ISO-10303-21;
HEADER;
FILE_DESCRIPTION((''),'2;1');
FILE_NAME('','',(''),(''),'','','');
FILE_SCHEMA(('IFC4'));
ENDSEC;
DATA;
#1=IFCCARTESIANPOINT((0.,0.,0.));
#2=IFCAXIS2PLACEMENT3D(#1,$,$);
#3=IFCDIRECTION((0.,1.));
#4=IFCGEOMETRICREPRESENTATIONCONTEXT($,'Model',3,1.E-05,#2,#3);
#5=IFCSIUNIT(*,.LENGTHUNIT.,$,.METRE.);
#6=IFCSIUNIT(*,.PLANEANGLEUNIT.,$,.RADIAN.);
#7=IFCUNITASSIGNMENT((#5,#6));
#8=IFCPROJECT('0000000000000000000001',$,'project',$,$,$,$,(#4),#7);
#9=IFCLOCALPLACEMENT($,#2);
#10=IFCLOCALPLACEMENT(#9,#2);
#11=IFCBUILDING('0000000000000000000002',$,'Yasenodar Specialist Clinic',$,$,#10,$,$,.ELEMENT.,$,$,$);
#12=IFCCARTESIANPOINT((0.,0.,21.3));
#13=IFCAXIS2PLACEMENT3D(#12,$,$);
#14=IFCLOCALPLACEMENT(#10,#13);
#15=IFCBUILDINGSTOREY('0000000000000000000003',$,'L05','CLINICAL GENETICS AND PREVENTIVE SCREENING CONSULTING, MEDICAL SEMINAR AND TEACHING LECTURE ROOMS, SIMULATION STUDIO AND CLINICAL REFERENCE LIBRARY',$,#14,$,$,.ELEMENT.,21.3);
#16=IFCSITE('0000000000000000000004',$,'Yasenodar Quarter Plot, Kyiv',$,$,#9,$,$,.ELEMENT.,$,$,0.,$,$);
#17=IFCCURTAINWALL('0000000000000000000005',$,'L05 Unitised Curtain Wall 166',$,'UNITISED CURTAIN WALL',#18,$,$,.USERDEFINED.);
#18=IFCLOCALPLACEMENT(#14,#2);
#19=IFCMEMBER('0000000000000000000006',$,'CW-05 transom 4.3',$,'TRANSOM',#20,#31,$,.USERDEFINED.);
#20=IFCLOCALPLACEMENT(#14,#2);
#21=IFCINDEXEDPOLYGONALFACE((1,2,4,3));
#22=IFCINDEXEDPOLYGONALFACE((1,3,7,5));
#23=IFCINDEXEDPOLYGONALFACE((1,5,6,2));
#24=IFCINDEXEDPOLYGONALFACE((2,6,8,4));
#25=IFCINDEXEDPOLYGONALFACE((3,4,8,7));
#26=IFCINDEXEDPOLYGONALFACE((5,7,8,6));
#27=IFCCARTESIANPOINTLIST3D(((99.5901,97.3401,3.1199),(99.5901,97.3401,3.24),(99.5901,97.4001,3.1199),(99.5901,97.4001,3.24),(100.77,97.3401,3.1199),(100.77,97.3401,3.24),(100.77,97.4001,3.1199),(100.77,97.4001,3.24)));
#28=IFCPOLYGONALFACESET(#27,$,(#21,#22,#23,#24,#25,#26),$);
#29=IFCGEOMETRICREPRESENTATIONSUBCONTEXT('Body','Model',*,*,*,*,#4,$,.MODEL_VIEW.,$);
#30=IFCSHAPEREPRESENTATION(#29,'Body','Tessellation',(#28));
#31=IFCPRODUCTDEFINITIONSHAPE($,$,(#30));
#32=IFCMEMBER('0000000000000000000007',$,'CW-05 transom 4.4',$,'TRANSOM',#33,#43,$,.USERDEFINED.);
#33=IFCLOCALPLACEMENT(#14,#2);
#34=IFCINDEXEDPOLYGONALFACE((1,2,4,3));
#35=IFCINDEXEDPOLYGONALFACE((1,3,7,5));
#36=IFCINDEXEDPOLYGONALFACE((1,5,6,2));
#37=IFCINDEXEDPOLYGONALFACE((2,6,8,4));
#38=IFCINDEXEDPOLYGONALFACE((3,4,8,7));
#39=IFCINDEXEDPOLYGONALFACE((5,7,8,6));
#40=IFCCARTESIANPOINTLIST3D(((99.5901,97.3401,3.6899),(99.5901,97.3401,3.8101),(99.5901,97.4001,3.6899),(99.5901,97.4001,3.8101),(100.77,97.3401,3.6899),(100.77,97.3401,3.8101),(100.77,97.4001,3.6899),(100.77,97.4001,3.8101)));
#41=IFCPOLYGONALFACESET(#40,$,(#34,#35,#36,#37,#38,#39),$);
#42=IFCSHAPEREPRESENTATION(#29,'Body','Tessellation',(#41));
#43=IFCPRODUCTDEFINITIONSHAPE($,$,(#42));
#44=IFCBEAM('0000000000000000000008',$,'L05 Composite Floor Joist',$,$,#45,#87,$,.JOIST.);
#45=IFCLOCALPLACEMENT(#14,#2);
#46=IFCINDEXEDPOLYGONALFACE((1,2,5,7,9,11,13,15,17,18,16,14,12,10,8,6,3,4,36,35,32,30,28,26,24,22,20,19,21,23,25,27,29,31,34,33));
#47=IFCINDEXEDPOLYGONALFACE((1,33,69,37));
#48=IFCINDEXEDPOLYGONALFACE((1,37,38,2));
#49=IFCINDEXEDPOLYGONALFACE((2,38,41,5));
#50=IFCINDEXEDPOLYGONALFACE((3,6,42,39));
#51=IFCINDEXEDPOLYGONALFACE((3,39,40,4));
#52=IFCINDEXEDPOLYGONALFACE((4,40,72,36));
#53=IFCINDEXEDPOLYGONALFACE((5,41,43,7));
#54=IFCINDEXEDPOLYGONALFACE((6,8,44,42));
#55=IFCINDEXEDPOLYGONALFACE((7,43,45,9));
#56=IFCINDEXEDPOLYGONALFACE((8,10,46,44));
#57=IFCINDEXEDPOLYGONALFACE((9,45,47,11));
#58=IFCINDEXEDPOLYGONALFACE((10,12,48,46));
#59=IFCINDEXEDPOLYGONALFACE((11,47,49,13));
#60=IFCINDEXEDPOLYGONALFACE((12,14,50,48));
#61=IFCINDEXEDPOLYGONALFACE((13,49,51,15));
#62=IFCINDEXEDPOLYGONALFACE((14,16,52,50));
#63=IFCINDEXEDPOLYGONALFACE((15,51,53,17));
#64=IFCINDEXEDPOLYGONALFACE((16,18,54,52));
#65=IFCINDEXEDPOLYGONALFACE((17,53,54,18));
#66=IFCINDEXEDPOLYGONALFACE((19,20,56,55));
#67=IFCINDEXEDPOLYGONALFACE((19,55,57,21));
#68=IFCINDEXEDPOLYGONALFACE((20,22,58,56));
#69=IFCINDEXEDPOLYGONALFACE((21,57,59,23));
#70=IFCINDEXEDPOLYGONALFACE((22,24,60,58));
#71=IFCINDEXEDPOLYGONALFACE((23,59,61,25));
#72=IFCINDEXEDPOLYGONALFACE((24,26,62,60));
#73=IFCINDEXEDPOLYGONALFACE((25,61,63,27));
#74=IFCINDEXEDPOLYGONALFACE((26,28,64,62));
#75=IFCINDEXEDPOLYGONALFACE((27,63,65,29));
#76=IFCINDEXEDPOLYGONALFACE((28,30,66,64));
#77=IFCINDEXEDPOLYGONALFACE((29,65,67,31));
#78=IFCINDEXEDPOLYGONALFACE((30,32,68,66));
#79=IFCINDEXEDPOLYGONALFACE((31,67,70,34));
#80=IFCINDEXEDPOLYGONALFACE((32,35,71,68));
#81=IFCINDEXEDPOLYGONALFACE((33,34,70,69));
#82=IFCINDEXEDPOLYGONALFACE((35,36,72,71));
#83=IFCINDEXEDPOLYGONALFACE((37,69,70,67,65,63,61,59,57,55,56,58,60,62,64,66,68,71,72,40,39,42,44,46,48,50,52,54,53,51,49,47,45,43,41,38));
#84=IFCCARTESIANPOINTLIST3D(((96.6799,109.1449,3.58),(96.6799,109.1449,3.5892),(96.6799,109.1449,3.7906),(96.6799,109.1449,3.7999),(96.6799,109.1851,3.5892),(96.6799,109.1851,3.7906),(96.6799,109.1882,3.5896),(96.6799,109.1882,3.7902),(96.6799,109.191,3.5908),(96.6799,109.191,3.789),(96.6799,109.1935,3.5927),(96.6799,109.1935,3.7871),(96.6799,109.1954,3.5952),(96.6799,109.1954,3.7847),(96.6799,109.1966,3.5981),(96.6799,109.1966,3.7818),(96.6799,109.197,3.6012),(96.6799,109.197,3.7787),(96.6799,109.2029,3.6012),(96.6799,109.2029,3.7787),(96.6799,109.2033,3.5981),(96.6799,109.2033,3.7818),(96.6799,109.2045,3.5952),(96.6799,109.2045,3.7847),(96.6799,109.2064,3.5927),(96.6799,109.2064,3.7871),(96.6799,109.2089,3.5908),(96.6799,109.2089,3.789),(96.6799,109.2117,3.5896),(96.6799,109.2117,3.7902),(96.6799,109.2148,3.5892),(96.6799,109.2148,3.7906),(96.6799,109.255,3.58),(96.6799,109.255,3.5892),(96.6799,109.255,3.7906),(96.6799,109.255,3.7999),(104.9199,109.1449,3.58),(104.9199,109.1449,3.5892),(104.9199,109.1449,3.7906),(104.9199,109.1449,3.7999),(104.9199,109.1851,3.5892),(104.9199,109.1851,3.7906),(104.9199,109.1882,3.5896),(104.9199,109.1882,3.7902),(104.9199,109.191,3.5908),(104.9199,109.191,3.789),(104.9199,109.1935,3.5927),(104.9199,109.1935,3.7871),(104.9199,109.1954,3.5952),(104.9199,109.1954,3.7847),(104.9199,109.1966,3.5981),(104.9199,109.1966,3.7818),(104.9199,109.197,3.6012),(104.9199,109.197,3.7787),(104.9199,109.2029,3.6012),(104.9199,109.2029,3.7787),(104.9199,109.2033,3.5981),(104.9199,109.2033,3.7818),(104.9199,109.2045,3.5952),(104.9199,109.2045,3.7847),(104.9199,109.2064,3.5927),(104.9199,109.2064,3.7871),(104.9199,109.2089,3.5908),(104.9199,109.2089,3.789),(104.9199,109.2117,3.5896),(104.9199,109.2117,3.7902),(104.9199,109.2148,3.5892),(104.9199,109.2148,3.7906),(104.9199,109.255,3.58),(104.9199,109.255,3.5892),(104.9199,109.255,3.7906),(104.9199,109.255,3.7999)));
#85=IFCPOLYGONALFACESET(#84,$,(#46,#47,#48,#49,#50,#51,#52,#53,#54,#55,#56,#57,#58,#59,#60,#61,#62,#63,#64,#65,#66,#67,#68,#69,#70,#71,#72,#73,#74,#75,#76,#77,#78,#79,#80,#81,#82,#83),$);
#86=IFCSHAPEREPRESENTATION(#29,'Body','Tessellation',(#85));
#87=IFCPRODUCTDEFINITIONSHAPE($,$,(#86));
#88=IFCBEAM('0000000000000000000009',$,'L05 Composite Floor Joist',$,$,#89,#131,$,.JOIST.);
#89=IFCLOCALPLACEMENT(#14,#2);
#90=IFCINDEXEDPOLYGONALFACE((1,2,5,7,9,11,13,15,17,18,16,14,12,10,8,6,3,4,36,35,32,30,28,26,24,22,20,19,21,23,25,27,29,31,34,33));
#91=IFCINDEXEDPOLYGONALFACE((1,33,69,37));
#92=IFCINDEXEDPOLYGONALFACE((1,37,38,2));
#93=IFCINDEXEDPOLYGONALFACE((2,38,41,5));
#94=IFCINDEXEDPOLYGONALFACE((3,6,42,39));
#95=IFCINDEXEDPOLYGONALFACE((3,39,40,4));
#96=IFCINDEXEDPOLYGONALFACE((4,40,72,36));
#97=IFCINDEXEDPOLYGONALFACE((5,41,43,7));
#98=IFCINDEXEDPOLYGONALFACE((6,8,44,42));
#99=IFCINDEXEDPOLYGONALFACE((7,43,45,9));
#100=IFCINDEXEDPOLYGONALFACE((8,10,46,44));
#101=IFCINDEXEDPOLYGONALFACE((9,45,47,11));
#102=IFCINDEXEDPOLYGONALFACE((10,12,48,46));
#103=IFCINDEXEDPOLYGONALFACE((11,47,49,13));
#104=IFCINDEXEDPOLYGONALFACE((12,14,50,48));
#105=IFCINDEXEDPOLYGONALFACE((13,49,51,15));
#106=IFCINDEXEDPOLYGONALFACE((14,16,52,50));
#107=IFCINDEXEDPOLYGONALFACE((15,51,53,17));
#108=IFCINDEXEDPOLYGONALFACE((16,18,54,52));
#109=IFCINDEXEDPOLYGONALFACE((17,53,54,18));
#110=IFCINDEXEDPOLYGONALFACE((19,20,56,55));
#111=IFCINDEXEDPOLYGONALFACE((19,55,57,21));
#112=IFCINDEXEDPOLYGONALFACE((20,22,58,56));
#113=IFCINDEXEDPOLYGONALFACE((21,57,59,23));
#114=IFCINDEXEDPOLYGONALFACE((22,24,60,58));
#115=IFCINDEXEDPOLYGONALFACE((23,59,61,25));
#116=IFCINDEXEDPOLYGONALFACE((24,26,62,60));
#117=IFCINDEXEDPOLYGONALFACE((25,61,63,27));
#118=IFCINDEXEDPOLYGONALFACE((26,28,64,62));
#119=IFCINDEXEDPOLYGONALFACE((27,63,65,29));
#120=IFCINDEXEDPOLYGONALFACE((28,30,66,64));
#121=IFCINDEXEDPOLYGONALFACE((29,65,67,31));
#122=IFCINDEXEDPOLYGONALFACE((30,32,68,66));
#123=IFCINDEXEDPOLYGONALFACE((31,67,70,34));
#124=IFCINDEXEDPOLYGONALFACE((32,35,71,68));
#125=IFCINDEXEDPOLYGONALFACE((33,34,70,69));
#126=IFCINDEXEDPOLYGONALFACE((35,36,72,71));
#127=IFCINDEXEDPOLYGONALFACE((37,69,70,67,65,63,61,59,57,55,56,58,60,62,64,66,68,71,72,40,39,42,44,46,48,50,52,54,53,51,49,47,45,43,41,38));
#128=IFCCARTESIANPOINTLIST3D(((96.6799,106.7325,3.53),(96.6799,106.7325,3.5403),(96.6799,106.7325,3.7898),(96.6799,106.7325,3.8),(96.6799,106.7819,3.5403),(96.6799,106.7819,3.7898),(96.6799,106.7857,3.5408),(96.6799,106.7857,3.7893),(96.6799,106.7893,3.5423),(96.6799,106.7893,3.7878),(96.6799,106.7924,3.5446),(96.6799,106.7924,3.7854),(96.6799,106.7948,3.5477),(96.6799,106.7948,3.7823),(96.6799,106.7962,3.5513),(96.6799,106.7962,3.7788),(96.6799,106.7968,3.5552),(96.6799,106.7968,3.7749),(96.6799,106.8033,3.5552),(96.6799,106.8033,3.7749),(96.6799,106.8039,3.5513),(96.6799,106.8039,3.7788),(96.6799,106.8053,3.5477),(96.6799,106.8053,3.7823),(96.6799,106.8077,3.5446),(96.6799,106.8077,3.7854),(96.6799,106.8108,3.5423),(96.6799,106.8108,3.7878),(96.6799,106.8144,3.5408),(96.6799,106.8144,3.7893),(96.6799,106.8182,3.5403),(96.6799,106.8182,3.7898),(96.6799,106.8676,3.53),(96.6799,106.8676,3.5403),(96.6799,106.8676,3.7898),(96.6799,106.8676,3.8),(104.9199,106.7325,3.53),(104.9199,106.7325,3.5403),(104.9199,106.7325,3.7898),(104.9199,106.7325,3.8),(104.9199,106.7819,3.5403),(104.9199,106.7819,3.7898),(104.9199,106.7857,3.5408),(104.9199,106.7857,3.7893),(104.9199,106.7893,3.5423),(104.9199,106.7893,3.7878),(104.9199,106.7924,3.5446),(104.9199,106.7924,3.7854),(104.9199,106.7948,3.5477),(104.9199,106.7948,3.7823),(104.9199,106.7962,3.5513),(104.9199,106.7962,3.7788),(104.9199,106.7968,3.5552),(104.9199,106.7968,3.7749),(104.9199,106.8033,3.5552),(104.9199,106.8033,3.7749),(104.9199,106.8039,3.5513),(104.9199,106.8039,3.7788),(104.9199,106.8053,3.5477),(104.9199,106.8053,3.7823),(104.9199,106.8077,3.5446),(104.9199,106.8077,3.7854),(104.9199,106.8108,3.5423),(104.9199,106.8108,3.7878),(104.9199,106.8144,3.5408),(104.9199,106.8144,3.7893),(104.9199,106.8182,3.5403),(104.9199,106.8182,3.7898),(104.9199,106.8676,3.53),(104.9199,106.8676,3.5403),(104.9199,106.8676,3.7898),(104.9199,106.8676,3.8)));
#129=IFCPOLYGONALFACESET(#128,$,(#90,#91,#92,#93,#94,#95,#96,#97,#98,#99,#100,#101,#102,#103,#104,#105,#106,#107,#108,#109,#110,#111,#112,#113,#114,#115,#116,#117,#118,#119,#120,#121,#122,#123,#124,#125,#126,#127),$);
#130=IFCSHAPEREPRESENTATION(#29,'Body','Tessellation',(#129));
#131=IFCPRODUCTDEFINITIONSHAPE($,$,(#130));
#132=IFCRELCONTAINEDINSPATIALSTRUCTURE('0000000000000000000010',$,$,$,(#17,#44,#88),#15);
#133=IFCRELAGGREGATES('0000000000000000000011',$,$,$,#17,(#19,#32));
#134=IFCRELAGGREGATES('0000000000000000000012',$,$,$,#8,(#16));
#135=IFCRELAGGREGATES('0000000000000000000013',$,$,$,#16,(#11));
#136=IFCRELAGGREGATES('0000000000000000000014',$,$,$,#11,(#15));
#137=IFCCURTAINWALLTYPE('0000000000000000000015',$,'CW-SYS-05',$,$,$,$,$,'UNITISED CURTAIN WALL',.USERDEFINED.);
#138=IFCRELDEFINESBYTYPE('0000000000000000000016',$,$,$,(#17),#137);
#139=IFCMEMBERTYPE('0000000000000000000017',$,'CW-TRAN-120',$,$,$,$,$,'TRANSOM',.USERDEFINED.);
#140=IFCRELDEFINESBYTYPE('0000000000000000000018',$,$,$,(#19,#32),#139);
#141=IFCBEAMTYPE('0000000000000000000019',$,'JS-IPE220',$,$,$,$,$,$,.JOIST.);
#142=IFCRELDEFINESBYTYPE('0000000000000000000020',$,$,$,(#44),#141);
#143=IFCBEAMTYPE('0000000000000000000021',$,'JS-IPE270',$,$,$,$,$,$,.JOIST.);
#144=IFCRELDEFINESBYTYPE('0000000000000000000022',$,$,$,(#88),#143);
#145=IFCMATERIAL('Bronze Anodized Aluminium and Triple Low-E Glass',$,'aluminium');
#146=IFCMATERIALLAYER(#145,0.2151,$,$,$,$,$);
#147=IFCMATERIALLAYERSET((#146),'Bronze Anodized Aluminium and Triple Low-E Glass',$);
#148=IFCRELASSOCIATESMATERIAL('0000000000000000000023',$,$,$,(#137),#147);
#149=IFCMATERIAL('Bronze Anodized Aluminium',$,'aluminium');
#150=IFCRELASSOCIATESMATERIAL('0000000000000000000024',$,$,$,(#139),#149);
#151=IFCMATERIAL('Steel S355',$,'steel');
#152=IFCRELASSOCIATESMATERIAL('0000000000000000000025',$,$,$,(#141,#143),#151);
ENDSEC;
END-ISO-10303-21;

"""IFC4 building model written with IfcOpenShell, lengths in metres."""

from ifc_helpers import new_model, si_unit, direction, frame, origin, origin_2d, place, context, subcontext, project, spatial, rectangle, i_section, extrude, material, layer, layer_set, material_profile, profile_set, type_object, element, aggregate, save


model = new_model("IFC4")

# Units and contexts
model_context = context("Model", 3, precision=1e-05, world=origin(), true_north=direction((0.0, 1.0)))
body_context = subcontext(model_context, "Body", "Model", "MODEL_VIEW")
ifc_project = project(units=[si_unit("LENGTHUNIT", "METRE"), si_unit("PLANEANGLEUNIT", "RADIAN")], contexts=[model_context])

# Site, building, storey
site_placement = place(None, origin())
site = spatial("IfcSite", under=ifc_project, at=site_placement, Name="Yasenodar Quarter Plot, Kyiv", CompositionType="ELEMENT", RefElevation=0.0)
building_placement = place(site_placement, origin())
building = spatial("IfcBuilding", under=site, at=building_placement, Name="Yasenodar Specialist Clinic", CompositionType="ELEMENT")
storey_placement = place(building_placement, frame((0.0, 0.0, 21.3)))
storey = spatial("IfcBuildingStorey", under=building, at=storey_placement, Name="L05", Description="CLINICAL GENETICS AND PREVENTIVE SCREENING CONSULTING, MEDICAL SEMINAR AND TEACHING LECTURE ROOMS, SIMULATION STUDIO AND CLINICAL REFERENCE LIBRARY", CompositionType="ELEMENT", Elevation=21.3)

# Shared definitions
ifc_material_1 = material(Name="Steel S355", Category="steel")

# Curtain wall, members
ifc_material_2 = material(Name="Bronze Anodized Aluminium and Triple Low-E Glass", Category="aluminium")
ifc_layer_1 = layer(ifc_material_2, 0.2151)
ifc_layer_set_1 = layer_set([ifc_layer_1], Name="Bronze Anodized Aluminium and Triple Low-E Glass")
curtain_wall_type = type_object("IfcCurtainWallType", Name="CW-SYS-05", ElementType="UNITISED CURTAIN WALL", PredefinedType="USERDEFINED", material=ifc_layer_set_1)
curtain_wall_placement = place(storey_placement, origin())
curtain_wall = element("IfcCurtainWall", 1, at=curtain_wall_placement, inside=storey, type_object=curtain_wall_type, Name="L05 Unitised Curtain Wall 166", ObjectType="UNITISED CURTAIN WALL", PredefinedType="USERDEFINED")
ifc_material_3 = material(Name="Bronze Anodized Aluminium", Category="aluminium")
ifc_material_profile_1 = material_profile(ifc_material_3, rectangle(XDim=0.0601, YDim=0.1201, at=origin_2d()), Name="CW-TRAN 60x120")
ifc_profile_set_1 = profile_set([ifc_material_profile_1], Name="Bronze Anodized Aluminium")
member_type_1 = type_object("IfcMemberType", Name="CW-TRAN-120", ElementType="TRANSOM", PredefinedType="USERDEFINED", material=ifc_profile_set_1)
member_1_placement = place(storey_placement, frame((100.77, 97.3701, 3.1799), z_axis=(-1.0, 0.0, 0.0), x_axis=(0.0, -1.0, 0.0)))
member_1 = element("IfcMember", 2, at=member_1_placement, type_object=member_type_1, Name="CW-05 transom 4.3", ObjectType="TRANSOM", PredefinedType="USERDEFINED", context=body_context, shape_type="SweptSolid", body=[
    extrude(rectangle(XDim=0.0601, YDim=0.1201, at=origin_2d()), origin(), (0.0, 0.0, 1.0), 1.1799),
])
member_2_placement = place(storey_placement, frame((100.77, 97.3701, 3.75), z_axis=(-1.0, 0.0, 0.0), x_axis=(0.0, -1.0, 0.0)))
member_2 = element("IfcMember", 3, at=member_2_placement, type_object=member_type_1, Name="CW-05 transom 4.4", ObjectType="TRANSOM", PredefinedType="USERDEFINED", context=body_context, shape_type="SweptSolid", body=[
    extrude(rectangle(XDim=0.0601, YDim=0.1201, at=origin_2d()), origin(), (0.0, 0.0, 1.0), 1.1799),
])

# Beams
ifc_material_profile_2 = material_profile(ifc_material_1, i_section(OverallWidth=0.1101, OverallDepth=0.22, WebThickness=0.0059, FlangeThickness=0.0093, FilletRadius=0.012, at=origin_2d()), Name="IPE 220")
ifc_profile_set_2 = profile_set([ifc_material_profile_2], Name="Steel S355")
beam_type_1 = type_object("IfcBeamType", Name="JS-IPE220", PredefinedType="JOIST", material=ifc_profile_set_2)
beam_1_placement = place(storey_placement, frame((96.6799, 109.2, 3.6899), z_axis=(1.0, 0.0, 0.0), x_axis=(0.0, 1.0, 0.0)))
element("IfcBeam", 4, at=beam_1_placement, inside=storey, type_object=beam_type_1, Name="L05 Composite Floor Joist", PredefinedType="JOIST", context=body_context, shape_type="SweptSolid", body=[
    extrude(i_section(OverallWidth=0.1101, OverallDepth=0.22, WebThickness=0.0059, FlangeThickness=0.0093, FilletRadius=0.012, at=origin_2d()), origin(), (0.0, 0.0, 1.0), 8.24),
])
ifc_material_profile_3 = material_profile(ifc_material_1, i_section(OverallWidth=0.135, OverallDepth=0.27, WebThickness=0.0066, FlangeThickness=0.0103, FilletRadius=0.0149, at=origin_2d()), Name="IPE 270")
ifc_profile_set_3 = profile_set([ifc_material_profile_3], Name="Steel S355")
beam_type_2 = type_object("IfcBeamType", Name="JS-IPE270", PredefinedType="JOIST", material=ifc_profile_set_3)
beam_2_placement = place(storey_placement, frame((96.6799, 106.8, 3.665), z_axis=(1.0, 0.0, 0.0), x_axis=(0.0, 1.0, 0.0)))
element("IfcBeam", 5, at=beam_2_placement, inside=storey, type_object=beam_type_2, Name="L05 Composite Floor Joist", PredefinedType="JOIST", context=body_context, shape_type="SweptSolid", body=[
    extrude(i_section(OverallWidth=0.135, OverallDepth=0.27, WebThickness=0.0066, FlangeThickness=0.0103, FilletRadius=0.0149, at=origin_2d()), origin(), (0.0, 0.0, 1.0), 8.24),
])

aggregate(curtain_wall, [member_1, member_2])

save(model, "model.ifc")
